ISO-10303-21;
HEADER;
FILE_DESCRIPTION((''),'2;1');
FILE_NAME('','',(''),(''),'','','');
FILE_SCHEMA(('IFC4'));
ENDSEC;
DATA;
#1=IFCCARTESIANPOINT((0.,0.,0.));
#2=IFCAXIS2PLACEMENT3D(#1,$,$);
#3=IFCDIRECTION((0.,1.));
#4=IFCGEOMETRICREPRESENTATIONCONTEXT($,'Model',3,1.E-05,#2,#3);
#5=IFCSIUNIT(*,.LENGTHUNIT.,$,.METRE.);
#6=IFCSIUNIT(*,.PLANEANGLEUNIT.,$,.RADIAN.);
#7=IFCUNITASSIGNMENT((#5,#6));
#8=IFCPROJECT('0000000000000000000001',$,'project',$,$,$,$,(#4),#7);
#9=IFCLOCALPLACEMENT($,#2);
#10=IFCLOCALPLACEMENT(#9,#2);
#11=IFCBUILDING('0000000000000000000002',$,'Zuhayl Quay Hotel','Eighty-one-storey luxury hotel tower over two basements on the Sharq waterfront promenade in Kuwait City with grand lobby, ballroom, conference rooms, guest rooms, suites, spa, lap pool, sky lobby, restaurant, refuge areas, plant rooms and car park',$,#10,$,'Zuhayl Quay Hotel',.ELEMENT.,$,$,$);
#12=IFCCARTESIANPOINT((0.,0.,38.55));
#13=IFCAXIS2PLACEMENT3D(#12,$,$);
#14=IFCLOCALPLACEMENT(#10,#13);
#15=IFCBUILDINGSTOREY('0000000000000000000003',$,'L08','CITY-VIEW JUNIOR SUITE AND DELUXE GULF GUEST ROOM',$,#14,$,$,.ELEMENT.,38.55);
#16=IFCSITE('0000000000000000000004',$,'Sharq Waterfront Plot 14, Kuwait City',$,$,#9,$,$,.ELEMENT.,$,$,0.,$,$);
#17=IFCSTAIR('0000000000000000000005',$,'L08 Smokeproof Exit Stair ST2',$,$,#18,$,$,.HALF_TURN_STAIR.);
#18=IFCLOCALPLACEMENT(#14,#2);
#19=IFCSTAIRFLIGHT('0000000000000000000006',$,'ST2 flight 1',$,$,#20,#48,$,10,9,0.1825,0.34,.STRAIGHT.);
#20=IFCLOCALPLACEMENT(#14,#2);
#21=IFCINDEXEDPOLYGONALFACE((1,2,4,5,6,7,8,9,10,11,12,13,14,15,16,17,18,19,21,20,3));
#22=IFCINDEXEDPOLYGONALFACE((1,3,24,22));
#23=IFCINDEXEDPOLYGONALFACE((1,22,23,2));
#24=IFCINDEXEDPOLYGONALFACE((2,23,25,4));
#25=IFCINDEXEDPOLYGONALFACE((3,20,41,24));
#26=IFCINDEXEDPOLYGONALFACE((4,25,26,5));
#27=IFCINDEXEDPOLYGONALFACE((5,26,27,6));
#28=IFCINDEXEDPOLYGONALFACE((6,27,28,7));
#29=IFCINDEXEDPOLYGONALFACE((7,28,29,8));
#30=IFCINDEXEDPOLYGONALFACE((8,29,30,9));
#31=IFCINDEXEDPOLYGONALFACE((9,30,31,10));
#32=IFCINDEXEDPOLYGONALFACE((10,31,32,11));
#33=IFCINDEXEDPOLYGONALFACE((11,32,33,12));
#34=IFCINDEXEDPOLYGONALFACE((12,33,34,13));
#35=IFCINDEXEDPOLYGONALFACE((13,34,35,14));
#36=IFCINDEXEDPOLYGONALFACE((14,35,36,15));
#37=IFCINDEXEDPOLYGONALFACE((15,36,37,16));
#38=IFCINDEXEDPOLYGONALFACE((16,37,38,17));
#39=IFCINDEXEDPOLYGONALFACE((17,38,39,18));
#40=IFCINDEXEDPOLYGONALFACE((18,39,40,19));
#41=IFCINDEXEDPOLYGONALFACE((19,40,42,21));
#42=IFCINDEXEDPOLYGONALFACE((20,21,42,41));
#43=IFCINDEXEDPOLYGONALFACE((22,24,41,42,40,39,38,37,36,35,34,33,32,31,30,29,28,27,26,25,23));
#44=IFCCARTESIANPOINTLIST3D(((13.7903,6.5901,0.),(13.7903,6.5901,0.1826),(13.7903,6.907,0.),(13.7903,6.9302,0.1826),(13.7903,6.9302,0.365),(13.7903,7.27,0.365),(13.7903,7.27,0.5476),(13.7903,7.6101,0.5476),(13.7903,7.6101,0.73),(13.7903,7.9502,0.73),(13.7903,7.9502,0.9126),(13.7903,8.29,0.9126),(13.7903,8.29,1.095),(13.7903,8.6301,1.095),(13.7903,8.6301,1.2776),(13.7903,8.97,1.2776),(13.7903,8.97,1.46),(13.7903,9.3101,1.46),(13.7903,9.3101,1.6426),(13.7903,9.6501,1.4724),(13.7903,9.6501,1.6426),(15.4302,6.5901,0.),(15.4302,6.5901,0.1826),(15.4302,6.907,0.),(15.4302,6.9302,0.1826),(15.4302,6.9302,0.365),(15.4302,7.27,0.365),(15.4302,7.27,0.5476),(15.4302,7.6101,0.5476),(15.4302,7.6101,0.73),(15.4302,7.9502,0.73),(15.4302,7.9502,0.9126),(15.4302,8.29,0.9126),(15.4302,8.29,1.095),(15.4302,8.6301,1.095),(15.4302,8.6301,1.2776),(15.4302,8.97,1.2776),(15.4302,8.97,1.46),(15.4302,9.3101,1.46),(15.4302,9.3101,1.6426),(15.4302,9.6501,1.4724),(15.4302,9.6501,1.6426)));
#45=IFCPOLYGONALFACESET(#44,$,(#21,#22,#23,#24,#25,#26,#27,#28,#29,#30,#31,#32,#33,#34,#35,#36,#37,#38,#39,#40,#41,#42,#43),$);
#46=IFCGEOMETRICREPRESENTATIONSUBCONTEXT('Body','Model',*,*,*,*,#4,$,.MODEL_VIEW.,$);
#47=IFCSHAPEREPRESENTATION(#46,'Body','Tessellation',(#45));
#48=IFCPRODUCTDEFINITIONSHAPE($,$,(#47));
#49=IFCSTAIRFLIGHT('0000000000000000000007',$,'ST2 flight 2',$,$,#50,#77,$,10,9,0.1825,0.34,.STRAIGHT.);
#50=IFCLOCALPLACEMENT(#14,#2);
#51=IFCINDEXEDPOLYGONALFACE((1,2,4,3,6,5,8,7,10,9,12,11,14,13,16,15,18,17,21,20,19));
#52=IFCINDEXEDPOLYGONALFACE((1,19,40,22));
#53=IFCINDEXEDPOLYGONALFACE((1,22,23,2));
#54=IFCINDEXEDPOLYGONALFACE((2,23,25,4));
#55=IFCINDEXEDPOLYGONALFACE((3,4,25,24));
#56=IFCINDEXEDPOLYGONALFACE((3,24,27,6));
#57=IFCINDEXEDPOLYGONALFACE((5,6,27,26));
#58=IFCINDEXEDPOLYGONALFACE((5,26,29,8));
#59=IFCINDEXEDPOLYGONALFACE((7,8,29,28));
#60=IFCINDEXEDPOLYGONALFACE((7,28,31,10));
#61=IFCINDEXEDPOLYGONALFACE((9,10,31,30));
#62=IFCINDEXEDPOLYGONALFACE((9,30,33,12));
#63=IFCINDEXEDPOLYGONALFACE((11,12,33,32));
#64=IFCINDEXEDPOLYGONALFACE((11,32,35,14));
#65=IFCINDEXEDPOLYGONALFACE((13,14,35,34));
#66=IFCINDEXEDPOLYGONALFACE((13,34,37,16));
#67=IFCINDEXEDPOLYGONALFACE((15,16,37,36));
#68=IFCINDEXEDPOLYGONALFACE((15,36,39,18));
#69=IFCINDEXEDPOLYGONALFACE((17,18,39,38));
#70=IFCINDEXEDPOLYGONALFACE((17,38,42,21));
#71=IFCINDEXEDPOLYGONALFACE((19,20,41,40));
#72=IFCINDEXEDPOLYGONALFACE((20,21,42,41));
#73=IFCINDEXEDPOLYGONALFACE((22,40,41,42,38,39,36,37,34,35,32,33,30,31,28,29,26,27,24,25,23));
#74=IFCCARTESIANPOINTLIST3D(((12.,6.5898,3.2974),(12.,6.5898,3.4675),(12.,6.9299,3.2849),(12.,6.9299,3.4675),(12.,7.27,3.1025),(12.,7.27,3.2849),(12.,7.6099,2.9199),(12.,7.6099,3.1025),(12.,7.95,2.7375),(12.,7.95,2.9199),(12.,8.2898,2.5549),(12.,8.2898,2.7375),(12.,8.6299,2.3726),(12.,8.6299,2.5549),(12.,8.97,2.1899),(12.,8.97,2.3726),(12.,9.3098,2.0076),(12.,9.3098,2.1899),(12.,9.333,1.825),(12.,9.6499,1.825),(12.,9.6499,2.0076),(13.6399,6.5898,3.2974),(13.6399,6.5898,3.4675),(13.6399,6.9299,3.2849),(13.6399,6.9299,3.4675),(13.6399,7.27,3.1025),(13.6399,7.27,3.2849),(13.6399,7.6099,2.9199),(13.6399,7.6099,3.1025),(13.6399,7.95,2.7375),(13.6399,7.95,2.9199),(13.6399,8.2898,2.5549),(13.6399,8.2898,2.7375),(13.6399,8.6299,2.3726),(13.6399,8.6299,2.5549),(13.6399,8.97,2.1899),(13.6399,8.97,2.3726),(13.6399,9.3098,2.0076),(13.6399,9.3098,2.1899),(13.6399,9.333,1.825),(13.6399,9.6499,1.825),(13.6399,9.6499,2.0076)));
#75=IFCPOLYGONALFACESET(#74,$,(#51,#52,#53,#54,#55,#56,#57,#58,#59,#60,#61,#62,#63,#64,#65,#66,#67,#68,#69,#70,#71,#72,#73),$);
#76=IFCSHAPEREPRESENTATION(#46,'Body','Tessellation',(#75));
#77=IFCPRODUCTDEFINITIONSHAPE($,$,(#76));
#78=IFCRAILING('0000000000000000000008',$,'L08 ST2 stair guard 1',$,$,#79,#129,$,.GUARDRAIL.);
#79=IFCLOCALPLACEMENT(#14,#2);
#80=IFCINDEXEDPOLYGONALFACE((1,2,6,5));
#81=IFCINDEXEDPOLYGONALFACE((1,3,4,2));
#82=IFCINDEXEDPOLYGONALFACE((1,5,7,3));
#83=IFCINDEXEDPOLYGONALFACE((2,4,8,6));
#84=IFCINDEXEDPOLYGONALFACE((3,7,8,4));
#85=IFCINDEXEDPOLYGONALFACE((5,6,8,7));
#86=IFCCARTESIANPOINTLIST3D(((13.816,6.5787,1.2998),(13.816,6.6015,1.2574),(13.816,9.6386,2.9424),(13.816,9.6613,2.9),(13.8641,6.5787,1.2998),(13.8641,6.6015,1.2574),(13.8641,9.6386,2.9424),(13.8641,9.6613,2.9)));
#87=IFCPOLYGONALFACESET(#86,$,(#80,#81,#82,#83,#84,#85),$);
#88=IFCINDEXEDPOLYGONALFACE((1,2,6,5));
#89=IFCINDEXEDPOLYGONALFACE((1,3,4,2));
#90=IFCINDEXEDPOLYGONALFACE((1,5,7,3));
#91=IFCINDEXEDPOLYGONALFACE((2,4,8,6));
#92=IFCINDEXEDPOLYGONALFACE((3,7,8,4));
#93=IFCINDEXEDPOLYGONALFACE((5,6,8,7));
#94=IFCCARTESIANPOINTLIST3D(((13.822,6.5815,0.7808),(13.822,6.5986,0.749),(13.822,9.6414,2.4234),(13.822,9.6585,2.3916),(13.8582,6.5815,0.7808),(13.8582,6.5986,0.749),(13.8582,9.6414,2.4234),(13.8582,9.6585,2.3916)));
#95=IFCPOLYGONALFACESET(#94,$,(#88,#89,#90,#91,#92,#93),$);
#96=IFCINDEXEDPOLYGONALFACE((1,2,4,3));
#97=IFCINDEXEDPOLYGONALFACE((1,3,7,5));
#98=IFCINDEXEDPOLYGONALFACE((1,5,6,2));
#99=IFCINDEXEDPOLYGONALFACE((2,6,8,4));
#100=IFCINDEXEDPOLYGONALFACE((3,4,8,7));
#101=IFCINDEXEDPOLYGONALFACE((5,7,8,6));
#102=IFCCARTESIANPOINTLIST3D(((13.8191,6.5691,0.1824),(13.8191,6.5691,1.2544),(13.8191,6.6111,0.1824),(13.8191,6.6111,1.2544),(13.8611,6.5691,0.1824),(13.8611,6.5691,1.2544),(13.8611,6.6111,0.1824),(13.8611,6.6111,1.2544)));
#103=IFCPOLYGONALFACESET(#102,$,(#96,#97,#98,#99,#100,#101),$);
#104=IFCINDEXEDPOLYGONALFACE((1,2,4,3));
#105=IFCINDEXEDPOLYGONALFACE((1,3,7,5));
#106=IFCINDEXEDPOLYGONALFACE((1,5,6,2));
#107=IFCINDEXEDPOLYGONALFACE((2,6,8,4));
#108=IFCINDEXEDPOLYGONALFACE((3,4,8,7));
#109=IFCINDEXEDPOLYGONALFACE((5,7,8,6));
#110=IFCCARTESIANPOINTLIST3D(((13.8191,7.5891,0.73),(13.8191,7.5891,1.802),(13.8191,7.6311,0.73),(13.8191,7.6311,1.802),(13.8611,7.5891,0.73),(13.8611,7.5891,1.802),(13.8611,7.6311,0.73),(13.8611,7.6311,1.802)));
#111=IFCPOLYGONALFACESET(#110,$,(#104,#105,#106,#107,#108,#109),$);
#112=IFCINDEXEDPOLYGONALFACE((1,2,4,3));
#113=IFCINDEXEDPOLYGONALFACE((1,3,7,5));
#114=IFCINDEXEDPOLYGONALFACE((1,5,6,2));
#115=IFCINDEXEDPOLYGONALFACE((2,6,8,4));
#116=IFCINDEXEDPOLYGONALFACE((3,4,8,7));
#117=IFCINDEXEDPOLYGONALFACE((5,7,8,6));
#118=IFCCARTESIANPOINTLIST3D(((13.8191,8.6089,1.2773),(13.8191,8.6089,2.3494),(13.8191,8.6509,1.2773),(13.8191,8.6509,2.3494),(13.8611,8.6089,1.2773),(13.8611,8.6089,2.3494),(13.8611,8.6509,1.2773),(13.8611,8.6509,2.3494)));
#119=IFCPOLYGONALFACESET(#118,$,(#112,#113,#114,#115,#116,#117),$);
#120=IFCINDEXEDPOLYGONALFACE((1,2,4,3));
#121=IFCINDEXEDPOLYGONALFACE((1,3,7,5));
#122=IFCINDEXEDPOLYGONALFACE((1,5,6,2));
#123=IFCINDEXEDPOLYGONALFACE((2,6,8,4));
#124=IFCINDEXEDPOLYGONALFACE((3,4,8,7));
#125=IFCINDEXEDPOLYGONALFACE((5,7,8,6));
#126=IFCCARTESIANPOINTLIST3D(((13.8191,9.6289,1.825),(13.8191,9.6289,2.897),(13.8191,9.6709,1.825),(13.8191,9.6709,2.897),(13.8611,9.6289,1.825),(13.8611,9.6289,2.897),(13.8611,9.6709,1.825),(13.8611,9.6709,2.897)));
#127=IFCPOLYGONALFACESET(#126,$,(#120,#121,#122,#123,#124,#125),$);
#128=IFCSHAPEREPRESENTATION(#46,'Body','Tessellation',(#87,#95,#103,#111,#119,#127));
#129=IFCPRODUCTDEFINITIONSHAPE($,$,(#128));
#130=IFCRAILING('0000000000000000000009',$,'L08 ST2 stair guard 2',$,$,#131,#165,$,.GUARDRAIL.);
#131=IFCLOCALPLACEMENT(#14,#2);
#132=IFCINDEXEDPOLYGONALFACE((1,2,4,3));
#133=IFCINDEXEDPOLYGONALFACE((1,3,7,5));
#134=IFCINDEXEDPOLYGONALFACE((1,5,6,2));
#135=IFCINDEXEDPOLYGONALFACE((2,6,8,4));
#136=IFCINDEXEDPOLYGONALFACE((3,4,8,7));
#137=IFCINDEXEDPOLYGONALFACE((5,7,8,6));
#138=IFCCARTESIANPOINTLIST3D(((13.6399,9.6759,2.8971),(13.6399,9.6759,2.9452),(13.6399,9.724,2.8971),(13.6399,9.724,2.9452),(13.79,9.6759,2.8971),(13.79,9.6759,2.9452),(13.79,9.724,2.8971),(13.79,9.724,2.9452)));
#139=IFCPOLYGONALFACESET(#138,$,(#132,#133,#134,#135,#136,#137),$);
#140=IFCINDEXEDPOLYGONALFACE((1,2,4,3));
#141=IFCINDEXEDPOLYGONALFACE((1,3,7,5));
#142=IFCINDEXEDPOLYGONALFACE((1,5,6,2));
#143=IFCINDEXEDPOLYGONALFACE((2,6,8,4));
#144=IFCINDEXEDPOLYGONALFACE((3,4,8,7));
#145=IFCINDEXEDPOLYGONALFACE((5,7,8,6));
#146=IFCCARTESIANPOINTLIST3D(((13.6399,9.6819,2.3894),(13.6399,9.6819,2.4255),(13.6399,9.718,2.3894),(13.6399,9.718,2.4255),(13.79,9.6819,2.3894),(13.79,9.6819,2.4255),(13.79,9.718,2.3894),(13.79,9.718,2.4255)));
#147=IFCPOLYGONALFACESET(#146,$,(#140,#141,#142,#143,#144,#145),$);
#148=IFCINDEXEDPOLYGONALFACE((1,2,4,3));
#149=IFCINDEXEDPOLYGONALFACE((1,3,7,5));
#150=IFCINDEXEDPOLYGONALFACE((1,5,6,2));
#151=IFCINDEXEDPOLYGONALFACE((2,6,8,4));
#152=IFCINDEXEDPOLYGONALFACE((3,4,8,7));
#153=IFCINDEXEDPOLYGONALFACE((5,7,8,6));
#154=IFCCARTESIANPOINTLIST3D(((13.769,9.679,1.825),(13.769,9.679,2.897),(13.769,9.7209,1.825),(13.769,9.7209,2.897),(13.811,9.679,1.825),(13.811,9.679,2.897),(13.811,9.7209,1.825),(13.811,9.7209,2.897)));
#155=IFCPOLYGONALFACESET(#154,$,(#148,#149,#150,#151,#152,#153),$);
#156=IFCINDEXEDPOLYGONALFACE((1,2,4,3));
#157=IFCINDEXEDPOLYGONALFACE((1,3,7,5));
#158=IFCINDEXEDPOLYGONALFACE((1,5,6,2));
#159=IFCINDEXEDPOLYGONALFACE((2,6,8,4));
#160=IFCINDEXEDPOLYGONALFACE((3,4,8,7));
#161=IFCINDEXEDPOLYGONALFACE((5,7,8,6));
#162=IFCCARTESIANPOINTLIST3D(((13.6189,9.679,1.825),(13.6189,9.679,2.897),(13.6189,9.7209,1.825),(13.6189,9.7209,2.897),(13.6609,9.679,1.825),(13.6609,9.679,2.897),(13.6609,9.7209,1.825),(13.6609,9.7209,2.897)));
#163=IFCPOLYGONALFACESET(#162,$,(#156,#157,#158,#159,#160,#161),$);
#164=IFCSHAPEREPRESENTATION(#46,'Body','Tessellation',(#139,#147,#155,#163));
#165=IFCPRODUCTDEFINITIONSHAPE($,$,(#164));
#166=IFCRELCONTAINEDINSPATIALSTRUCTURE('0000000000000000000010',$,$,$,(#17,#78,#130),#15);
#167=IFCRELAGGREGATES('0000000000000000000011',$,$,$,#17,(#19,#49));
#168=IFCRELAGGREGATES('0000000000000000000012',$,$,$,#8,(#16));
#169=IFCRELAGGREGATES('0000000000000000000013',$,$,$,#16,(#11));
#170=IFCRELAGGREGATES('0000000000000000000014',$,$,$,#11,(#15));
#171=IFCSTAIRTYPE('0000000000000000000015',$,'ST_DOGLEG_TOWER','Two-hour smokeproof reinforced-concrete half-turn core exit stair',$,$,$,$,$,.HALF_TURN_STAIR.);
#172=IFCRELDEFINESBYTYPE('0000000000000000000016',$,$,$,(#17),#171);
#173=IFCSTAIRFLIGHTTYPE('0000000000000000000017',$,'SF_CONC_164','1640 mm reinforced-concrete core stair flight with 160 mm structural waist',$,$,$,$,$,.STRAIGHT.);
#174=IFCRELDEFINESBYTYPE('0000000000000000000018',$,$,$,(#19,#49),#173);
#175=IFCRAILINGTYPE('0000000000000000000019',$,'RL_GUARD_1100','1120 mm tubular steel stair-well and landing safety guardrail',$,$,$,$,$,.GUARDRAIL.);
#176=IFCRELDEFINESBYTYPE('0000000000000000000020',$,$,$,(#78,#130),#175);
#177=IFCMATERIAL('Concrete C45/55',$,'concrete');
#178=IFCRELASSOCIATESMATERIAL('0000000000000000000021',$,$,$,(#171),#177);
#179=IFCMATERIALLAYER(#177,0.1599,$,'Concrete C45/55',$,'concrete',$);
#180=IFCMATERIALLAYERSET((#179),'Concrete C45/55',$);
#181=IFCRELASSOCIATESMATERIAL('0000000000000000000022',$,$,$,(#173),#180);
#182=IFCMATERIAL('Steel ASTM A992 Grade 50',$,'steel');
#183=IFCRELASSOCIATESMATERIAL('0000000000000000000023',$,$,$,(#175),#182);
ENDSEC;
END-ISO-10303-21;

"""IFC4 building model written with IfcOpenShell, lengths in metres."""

from ifc_helpers import new_model, si_unit, direction, frame, origin, origin_2d, place, context, subcontext, project, spatial, polyline, rectangle, outline, extrude, material, layer, layer_set, type_object, element, aggregate, save


model = new_model("IFC4")

# Units and contexts
model_context = context("Model", 3, precision=1e-05, world=origin(), true_north=direction((0.0, 1.0)))
body_context = subcontext(model_context, "Body", "Model", "MODEL_VIEW")
ifc_project = project(units=[si_unit("LENGTHUNIT", "METRE"), si_unit("PLANEANGLEUNIT", "RADIAN")], contexts=[model_context])

# Site, building, storey
site_placement = place(None, origin())
site = spatial("IfcSite", under=ifc_project, at=site_placement, Name="Sharq Waterfront Plot 14, Kuwait City", CompositionType="ELEMENT", RefElevation=0.0)
building_placement = place(site_placement, origin())
building = spatial("IfcBuilding", under=site, at=building_placement, Name="Zuhayl Quay Hotel", Description="Eighty-one-storey luxury hotel tower over two basements on the Sharq waterfront promenade in Kuwait City with grand lobby, ballroom, conference rooms, guest rooms, suites, spa, lap pool, sky lobby, restaurant, refuge areas, plant rooms and car park", LongName="Zuhayl Quay Hotel", CompositionType="ELEMENT")
storey_placement = place(building_placement, frame((0.0, 0.0, 38.55)))
storey = spatial("IfcBuildingStorey", under=building, at=storey_placement, Name="L08", Description="CITY-VIEW JUNIOR SUITE AND DELUXE GULF GUEST ROOM", CompositionType="ELEMENT", Elevation=38.55)

# Shared definitions
ifc_material_1 = material(Name="Steel ASTM A992 Grade 50", Category="steel")

# Stair, stair flights
ifc_material_2 = material(Name="Concrete C45/55", Category="concrete")
stair_type = type_object("IfcStairType", Name="ST_DOGLEG_TOWER", Description="Two-hour smokeproof reinforced-concrete half-turn core exit stair", PredefinedType="HALF_TURN_STAIR", material=ifc_material_2)
stair_placement = place(storey_placement, origin())
stair = element("IfcStair", 1, at=stair_placement, inside=storey, type_object=stair_type, Name="L08 Smokeproof Exit Stair ST2", PredefinedType="HALF_TURN_STAIR")
ifc_layer_1 = layer(ifc_material_2, 0.1599, Name="Concrete C45/55", Category="concrete")
ifc_layer_set_1 = layer_set([ifc_layer_1], Name="Concrete C45/55")
stair_flight_type = type_object("IfcStairFlightType", Name="SF_CONC_164", Description="1640 mm reinforced-concrete core stair flight with 160 mm structural waist", PredefinedType="STRAIGHT", material=ifc_layer_set_1)
stair_flight_1_placement = place(storey_placement, frame((14.6101, 6.5901, 0.0), z_axis=(0.0, 0.0, 1.0), x_axis=(0.0, 1.0, 0.0)))
stair_flight_1 = element("IfcStairFlight", 2, at=stair_flight_1_placement, type_object=stair_flight_type, Name="ST2 flight 1", NumberOfRisers=10, NumberOfTreads=9, PredefinedType="STRAIGHT", RiserHeight=0.1825, TreadLength=0.34, context=body_context, shape_type="SweptSolid", body=[
    extrude(outline(polyline([(0.0, 0.0), (0.0, 0.1826), (0.3401, 0.1826), (0.3401, 0.365), (0.6799, 0.365), (0.6799, 0.5476), (1.02, 0.5476), (1.02, 0.73), (1.3601, 0.73), (1.3601, 0.9126), (1.7, 0.9126), (1.7, 1.095), (2.04, 1.095), (2.04, 1.2776), (2.3799, 1.2776), (2.3799, 1.46), (2.72, 1.46), (2.72, 1.6426), (3.0601, 1.6426), (3.0601, 1.825), (3.0601, 1.4724), (0.3169, 0.0), (0.0, 0.0)])), frame((0.0, 0.8198, 0.0), z_axis=(0.0, -1.0, 0.0), x_axis=(1.0, 0.0, 0.0)), (0.0, 0.0, 1.0), 1.6399),
])
stair_flight_2_placement = place(storey_placement, frame((12.8201, 9.6499, 1.825), z_axis=(0.0, 0.0, 1.0), x_axis=(0.0, -1.0, 0.0)))
stair_flight_2 = element("IfcStairFlight", 3, at=stair_flight_2_placement, type_object=stair_flight_type, Name="ST2 flight 2", NumberOfRisers=10, NumberOfTreads=9, PredefinedType="STRAIGHT", RiserHeight=0.1825, TreadLength=0.34, context=body_context, shape_type="SweptSolid", body=[
    extrude(outline(polyline([(0.0, 0.0), (0.0, 0.1826), (0.3401, 0.1826), (0.3401, 0.365), (0.6799, 0.365), (0.6799, 0.5476), (1.02, 0.5476), (1.02, 0.73), (1.3601, 0.73), (1.3601, 0.9126), (1.7, 0.9126), (1.7, 1.095), (2.04, 1.095), (2.04, 1.2776), (2.3799, 1.2776), (2.3799, 1.46), (2.72, 1.46), (2.72, 1.6426), (3.0601, 1.6426), (3.0601, 1.825), (3.0601, 1.4724), (0.3169, 0.0), (0.0, 0.0)])), frame((0.0, 0.8198, 0.0), z_axis=(0.0, -1.0, 0.0), x_axis=(1.0, 0.0, 0.0)), (0.0, 0.0, 1.0), 1.6399),
])
aggregate(stair, [stair_flight_1, stair_flight_2])

# Railings
railing_type_1 = type_object("IfcRailingType", Name="RL_GUARD_1100", Description="1120 mm tubular steel stair-well and landing safety guardrail", PredefinedType="GUARDRAIL", material=ifc_material_1)
railing_1_placement = place(storey_placement, frame((13.8401, 6.5901, 0.1824)))
element("IfcRailing", 4, at=railing_1_placement, inside=storey, type_object=railing_type_1, Name="L08 ST2 stair guard 1", PredefinedType="GUARDRAIL", context=body_context, shape_type="SweptSolid", body=[
    extrude(rectangle(XDim=0.0481, YDim=0.0481, at=origin_2d()), frame((0.0, 0.0, 1.0962), z_axis=(0.0, 0.881073, 0.47298), x_axis=(-1.0, 0.0, 0.0)), (0.0, 0.0, 1.0), 3.4729),
    extrude(rectangle(XDim=0.0361, YDim=0.0361, at=origin_2d()), frame((0.0, 0.0, 0.5825), z_axis=(0.0, 0.881073, 0.47298), x_axis=(-1.0, 0.0, 0.0)), (0.0, 0.0, 1.0), 3.4729),
    extrude(rectangle(XDim=0.042, YDim=0.042, at=origin_2d()), origin(), (0.0, 0.0, 1.0), 1.072),
    extrude(rectangle(XDim=0.042, YDim=0.042, at=origin_2d()), frame((0.0, 1.02, 0.5476)), (0.0, 0.0, 1.0), 1.072),
    extrude(rectangle(XDim=0.042, YDim=0.042, at=origin_2d()), frame((0.0, 2.0398, 1.095)), (0.0, 0.0, 1.0), 1.072),
    extrude(rectangle(XDim=0.042, YDim=0.042, at=origin_2d()), frame((0.0, 3.0598, 1.6426)), (0.0, 0.0, 1.0), 1.072),
])
railing_2_placement = place(storey_placement, frame((13.79, 9.7, 1.825)))
element("IfcRailing", 5, at=railing_2_placement, inside=storey, type_object=railing_type_1, Name="L08 ST2 stair guard 2", PredefinedType="GUARDRAIL", context=body_context, shape_type="SweptSolid", body=[
    extrude(rectangle(XDim=0.0481, YDim=0.0481, at=origin_2d()), frame((0.0, 0.0, 1.0962), z_axis=(-1.0, 0.0, 0.0), x_axis=(0.0, -1.0, 0.0)), (0.0, 0.0, 1.0), 0.1501),
    extrude(rectangle(XDim=0.0361, YDim=0.0361, at=origin_2d()), frame((0.0, 0.0, 0.5825), z_axis=(-1.0, 0.0, 0.0), x_axis=(0.0, -1.0, 0.0)), (0.0, 0.0, 1.0), 0.1501),
    extrude(rectangle(XDim=0.042, YDim=0.042, at=origin_2d()), origin(), (0.0, 0.0, 1.0), 1.072),
    extrude(rectangle(XDim=0.042, YDim=0.042, at=origin_2d()), frame((-0.1501, 0.0, 0.0)), (0.0, 0.0, 1.0), 1.072),
])

save(model, "model.ifc")
